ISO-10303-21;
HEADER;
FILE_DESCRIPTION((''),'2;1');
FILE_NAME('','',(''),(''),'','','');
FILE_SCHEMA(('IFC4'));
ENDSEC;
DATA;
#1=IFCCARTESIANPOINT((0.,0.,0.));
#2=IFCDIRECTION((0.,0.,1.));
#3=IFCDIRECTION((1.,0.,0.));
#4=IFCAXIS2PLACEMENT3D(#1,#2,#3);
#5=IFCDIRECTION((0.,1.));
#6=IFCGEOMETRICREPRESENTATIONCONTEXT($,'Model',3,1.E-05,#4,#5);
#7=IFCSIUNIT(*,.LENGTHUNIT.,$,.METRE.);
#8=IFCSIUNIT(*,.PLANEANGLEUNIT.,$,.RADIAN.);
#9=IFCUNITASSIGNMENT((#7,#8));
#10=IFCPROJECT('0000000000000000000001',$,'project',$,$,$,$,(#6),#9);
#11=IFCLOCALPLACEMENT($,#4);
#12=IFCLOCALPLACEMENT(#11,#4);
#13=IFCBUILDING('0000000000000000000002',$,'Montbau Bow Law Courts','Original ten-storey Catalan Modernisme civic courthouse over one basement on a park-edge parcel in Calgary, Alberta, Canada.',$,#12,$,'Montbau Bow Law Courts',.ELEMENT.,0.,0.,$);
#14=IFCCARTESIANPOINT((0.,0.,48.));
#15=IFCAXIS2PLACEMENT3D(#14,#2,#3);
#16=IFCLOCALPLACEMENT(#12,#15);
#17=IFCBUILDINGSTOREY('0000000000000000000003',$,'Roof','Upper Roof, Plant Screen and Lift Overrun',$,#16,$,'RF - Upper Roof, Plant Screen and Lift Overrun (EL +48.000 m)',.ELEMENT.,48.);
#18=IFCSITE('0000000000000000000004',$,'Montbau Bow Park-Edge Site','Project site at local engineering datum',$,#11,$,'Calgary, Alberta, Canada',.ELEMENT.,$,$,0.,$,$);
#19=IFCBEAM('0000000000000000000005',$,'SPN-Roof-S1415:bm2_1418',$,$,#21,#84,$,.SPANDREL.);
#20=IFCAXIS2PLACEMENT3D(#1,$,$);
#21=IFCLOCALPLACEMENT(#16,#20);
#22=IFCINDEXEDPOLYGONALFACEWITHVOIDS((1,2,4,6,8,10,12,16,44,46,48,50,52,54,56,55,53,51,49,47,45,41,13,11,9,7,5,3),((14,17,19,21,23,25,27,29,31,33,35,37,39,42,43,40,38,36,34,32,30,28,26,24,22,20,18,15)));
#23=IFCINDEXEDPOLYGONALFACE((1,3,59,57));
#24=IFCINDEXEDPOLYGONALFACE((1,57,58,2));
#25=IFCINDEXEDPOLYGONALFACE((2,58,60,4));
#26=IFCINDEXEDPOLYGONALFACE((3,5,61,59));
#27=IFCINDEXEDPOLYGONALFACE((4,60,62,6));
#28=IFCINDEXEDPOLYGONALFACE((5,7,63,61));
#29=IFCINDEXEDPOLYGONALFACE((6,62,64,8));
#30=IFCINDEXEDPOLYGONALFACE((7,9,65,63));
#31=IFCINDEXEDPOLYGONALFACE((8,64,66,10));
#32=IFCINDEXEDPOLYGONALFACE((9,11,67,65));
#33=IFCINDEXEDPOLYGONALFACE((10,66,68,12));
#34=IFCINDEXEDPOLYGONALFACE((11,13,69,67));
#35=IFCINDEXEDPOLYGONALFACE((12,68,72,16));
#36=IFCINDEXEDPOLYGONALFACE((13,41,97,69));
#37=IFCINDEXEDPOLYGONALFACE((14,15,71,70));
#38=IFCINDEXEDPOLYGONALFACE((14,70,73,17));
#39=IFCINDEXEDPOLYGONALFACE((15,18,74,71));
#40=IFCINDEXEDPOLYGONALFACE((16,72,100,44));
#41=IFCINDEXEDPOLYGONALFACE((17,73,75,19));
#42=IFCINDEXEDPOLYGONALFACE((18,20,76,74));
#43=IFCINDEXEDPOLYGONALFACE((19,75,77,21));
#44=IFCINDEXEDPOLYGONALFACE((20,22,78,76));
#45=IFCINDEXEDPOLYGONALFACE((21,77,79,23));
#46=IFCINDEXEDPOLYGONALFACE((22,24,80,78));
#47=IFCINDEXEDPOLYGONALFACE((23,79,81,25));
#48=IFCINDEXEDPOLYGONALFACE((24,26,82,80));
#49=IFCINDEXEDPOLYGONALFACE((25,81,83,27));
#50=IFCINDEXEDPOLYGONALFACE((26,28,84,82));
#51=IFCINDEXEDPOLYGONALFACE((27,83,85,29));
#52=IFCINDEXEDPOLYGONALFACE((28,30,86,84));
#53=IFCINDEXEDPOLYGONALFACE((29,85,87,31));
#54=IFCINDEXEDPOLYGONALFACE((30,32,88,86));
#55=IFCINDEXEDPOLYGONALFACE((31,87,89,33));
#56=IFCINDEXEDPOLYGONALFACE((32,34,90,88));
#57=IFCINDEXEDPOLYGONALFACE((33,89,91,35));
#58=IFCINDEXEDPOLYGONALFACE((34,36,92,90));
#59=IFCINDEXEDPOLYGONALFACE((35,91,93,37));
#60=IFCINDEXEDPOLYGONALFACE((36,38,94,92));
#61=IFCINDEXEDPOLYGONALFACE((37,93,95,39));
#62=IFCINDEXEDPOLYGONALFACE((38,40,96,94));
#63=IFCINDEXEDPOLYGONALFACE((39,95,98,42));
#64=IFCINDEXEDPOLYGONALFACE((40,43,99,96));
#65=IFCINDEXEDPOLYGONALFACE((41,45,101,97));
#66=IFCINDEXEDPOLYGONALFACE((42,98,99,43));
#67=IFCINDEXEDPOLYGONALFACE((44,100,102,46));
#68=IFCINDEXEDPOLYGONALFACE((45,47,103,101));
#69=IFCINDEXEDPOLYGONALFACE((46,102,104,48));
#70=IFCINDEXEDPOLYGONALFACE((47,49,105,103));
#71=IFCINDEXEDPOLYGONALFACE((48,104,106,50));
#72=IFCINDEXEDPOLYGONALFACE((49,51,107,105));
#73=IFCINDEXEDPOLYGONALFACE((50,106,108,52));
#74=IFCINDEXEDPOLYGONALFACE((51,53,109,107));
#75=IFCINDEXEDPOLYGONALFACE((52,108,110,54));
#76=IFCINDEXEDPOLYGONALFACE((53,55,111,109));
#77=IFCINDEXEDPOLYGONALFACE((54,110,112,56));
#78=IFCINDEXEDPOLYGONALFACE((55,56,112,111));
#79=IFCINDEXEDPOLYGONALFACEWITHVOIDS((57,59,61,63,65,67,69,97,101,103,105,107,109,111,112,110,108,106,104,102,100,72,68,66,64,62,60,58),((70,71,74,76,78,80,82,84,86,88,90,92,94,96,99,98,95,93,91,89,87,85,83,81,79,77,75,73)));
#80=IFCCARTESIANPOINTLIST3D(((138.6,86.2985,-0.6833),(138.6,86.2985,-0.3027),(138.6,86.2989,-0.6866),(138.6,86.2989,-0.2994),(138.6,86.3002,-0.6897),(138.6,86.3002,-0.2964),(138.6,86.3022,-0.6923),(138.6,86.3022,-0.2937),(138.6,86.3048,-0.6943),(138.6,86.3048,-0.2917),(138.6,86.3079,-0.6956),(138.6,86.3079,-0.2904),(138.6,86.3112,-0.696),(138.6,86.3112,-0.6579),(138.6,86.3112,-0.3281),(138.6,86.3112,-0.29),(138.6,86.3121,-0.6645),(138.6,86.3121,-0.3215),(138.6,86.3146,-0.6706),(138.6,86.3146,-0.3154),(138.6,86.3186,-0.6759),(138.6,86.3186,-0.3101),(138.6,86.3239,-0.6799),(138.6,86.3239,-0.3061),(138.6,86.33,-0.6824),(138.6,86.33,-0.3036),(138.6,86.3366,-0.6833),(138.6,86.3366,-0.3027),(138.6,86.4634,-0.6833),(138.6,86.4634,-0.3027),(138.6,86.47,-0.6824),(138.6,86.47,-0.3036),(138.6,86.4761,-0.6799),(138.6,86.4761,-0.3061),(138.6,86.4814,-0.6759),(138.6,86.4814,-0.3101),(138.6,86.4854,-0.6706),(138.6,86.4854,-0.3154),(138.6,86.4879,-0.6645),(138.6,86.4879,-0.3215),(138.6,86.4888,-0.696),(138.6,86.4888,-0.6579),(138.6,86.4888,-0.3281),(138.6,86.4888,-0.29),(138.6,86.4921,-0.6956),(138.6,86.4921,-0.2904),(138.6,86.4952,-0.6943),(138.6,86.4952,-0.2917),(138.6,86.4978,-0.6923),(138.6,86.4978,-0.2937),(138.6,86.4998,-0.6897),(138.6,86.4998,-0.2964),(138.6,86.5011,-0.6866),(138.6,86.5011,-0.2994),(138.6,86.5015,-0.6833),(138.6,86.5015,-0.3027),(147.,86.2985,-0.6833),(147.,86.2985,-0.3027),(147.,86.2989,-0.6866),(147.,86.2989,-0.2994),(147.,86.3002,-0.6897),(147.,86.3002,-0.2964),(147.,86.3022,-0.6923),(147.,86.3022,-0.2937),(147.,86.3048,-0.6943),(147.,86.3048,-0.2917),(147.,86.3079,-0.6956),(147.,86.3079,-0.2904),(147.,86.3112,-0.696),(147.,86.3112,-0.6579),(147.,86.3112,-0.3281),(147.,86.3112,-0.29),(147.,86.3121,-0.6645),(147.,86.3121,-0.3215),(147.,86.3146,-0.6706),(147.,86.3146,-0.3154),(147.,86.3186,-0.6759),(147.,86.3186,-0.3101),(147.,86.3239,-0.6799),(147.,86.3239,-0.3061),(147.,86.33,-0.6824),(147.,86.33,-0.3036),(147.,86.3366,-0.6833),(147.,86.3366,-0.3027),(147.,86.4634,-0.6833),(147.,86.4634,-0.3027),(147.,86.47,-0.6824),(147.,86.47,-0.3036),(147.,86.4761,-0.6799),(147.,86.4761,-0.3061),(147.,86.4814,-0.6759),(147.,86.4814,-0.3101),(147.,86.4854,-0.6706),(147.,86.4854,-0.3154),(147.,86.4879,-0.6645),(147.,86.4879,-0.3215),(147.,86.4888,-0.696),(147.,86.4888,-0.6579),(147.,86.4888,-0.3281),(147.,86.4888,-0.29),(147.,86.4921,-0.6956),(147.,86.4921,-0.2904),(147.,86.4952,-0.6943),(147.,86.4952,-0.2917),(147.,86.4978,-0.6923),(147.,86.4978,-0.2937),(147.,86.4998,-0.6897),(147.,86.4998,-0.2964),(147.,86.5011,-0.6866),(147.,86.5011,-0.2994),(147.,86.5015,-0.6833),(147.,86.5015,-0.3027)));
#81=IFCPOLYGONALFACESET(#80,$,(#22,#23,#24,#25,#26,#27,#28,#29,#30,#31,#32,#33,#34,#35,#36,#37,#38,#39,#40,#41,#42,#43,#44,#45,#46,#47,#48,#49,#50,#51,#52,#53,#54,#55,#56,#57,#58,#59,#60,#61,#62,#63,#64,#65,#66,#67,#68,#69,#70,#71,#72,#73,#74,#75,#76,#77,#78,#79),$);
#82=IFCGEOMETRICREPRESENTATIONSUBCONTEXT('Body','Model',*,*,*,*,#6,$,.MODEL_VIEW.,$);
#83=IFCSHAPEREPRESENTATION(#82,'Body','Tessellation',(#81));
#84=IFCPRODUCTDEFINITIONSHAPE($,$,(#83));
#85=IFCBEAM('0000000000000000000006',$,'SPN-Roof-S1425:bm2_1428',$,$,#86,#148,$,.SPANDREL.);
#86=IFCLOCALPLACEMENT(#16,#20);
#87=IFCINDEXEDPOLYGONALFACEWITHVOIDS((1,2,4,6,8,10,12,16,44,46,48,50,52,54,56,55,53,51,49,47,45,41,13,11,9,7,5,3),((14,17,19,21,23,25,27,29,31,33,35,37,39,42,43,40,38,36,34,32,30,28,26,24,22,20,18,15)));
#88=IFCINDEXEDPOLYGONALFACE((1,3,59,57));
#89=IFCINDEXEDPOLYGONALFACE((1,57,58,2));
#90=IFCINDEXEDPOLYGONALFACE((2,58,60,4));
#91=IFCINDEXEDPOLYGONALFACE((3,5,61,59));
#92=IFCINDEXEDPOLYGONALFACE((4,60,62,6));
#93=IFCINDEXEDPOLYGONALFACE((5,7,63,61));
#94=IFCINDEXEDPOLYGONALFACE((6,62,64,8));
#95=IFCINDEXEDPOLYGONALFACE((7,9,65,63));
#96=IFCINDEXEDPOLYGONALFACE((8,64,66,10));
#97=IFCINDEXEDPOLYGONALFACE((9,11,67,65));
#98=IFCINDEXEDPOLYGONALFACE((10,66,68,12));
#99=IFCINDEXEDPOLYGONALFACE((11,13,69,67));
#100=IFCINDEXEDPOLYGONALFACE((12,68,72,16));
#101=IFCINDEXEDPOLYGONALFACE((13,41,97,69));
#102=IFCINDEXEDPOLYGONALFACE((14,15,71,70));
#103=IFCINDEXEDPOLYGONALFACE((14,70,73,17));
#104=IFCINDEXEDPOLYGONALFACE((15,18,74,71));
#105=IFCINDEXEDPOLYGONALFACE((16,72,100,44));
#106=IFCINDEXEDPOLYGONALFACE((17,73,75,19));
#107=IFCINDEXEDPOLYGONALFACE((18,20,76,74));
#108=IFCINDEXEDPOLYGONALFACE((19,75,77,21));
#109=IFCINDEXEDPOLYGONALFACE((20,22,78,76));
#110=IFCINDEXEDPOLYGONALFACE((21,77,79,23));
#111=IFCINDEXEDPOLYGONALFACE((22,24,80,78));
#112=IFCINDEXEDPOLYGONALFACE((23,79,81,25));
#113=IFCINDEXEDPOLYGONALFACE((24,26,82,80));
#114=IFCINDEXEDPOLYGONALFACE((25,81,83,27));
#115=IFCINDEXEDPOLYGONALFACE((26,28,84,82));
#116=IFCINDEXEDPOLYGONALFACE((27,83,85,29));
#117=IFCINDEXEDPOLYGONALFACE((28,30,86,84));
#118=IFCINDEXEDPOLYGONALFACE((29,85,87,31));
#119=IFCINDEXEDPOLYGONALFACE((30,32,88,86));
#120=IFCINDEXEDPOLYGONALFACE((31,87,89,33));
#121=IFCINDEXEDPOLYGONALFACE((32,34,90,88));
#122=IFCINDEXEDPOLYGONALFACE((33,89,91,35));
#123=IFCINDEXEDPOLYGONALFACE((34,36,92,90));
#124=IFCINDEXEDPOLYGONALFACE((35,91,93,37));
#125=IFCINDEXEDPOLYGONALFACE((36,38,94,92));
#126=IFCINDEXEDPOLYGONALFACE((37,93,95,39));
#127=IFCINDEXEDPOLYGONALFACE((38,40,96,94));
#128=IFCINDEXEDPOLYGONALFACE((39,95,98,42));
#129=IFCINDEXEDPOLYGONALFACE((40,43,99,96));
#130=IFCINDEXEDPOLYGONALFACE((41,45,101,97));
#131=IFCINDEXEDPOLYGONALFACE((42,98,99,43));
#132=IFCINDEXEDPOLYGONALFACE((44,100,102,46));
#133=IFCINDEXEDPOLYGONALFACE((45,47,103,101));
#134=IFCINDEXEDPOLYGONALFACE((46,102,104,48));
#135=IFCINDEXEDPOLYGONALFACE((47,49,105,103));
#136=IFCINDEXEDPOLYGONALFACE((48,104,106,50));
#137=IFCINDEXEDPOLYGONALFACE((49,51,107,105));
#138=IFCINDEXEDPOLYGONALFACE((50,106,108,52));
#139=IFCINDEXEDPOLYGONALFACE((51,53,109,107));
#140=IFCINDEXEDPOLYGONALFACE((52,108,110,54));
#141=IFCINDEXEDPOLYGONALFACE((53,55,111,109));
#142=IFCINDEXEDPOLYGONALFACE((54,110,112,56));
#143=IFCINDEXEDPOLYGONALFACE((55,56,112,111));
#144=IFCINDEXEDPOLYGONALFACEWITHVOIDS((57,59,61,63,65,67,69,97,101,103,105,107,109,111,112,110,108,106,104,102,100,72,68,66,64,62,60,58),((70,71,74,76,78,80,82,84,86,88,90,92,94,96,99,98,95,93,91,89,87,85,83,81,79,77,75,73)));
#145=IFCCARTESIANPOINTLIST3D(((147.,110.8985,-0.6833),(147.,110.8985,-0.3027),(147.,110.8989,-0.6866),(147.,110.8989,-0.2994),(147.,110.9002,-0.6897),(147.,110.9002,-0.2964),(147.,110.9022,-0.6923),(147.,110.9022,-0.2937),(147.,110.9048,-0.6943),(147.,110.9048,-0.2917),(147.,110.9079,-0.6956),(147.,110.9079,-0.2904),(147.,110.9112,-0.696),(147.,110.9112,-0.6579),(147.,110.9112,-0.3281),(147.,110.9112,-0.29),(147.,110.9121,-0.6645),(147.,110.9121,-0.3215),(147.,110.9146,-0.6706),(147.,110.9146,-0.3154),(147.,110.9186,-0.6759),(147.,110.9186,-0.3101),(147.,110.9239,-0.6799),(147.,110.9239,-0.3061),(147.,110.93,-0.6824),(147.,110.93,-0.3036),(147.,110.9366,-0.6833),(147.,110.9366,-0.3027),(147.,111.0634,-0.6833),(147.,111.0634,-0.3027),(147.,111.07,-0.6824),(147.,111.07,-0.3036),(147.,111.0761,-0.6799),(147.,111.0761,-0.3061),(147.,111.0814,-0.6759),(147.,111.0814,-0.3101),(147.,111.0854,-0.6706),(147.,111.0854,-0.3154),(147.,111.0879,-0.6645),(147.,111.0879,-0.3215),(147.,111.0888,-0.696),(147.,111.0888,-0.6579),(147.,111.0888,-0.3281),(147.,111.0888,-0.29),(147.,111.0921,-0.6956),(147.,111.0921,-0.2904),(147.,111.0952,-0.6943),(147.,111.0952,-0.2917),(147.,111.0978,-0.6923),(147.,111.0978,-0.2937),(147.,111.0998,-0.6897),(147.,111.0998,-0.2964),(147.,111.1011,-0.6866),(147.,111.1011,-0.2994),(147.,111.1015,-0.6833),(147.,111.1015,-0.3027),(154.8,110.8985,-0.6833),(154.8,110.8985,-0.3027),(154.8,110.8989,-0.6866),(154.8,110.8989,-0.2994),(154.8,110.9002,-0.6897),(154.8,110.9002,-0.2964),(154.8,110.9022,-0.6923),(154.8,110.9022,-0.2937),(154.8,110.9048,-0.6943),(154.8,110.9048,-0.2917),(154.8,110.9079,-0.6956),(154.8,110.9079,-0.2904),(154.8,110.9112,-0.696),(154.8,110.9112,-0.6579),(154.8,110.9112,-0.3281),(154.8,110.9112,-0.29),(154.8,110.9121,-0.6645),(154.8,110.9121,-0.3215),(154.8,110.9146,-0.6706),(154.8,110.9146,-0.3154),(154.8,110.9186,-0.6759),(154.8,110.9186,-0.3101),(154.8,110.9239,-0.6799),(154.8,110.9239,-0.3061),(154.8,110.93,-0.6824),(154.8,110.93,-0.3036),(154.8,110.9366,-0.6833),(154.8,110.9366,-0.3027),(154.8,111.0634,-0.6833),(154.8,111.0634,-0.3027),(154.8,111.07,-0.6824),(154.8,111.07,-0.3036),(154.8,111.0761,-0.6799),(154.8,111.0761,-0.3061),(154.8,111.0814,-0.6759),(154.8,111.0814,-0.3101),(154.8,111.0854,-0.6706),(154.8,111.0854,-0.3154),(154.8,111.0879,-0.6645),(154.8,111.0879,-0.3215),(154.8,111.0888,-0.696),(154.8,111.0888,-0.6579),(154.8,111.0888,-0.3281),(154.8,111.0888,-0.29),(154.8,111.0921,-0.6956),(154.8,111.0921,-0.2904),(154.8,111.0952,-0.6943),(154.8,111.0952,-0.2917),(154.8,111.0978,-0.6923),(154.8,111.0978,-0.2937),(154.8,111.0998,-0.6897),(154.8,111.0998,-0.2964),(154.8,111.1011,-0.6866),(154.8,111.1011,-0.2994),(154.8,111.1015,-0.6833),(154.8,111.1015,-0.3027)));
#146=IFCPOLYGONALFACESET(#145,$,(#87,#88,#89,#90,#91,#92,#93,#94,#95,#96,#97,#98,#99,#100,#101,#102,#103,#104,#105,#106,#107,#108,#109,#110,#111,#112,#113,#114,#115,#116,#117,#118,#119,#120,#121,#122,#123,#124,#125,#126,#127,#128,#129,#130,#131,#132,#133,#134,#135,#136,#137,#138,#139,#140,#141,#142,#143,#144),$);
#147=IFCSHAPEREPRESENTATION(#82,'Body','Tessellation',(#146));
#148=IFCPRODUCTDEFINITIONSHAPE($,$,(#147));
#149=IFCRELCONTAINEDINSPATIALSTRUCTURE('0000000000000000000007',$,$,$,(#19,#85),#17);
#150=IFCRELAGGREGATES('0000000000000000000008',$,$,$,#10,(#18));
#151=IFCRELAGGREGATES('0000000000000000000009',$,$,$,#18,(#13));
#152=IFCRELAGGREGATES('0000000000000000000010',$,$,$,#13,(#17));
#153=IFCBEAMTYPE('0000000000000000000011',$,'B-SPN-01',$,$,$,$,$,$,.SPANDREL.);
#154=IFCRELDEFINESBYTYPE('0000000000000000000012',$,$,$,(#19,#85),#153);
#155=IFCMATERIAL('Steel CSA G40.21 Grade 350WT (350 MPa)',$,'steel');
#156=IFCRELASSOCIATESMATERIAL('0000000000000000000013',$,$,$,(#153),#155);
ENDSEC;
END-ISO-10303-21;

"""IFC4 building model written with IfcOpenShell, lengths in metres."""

from ifc_helpers import new_model, si_unit, direction, frame, origin_with_axes, origin_2d_with_axis, place, context, subcontext, project, spatial, hollow_rectangle, extrude, material, material_profile, profile_set, type_object, element, save


model = new_model("IFC4")

# Units and contexts
model_context = context("Model", 3, precision=1e-05, world=origin_with_axes(), true_north=direction((0.0, 1.0)))
body_context = subcontext(model_context, "Body", "Model", "MODEL_VIEW")
ifc_project = project(units=[si_unit("LENGTHUNIT", "METRE"), si_unit("PLANEANGLEUNIT", "RADIAN")], contexts=[model_context])

# Site, building, storey
site_placement = place(None, origin_with_axes())
site = spatial("IfcSite", under=ifc_project, at=site_placement, Name="Montbau Bow Park-Edge Site", Description="Project site at local engineering datum", LongName="Calgary, Alberta, Canada", CompositionType="ELEMENT", RefElevation=0.0)
building_placement = place(site_placement, origin_with_axes())
building = spatial("IfcBuilding", under=site, at=building_placement, Name="Montbau Bow Law Courts", Description="Original ten-storey Catalan Modernisme civic courthouse over one basement on a park-edge parcel in Calgary, Alberta, Canada.", LongName="Montbau Bow Law Courts", CompositionType="ELEMENT", ElevationOfRefHeight=0.0, ElevationOfTerrain=0.0)
storey_placement = place(building_placement, frame((0.0, 0.0, 48.0), z_axis=(0.0, 0.0, 1.0), x_axis=(1.0, 0.0, 0.0)))
storey = spatial("IfcBuildingStorey", under=building, at=storey_placement, Name="Roof", Description="Upper Roof, Plant Screen and Lift Overrun", LongName="RF - Upper Roof, Plant Screen and Lift Overrun (EL +48.000 m)", CompositionType="ELEMENT", Elevation=48.0)

# Beams
ifc_material_1 = material(Name="Steel CSA G40.21 Grade 350WT (350 MPa)", Category="steel")
ifc_material_profile_1 = material_profile(ifc_material_1, hollow_rectangle(XDim=0.203, YDim=0.406, WallThickness=0.0127, InnerFilletRadius=0.0254, OuterFilletRadius=0.0127, at=origin_2d_with_axis()), Name="HSS406X203X13", Category="Main", Priority=0)
ifc_profile_set_1 = profile_set([ifc_material_profile_1], Name="Steel CSA G40.21 Grade 350WT (350 MPa)")
beam_type_1 = type_object("IfcBeamType", Name="B-SPN-01", PredefinedType="SPANDREL", material=ifc_profile_set_1)
beam_1_placement = place(None, frame((138.6, 86.4, 47.507), z_axis=(1.0, 0.0, 0.0), x_axis=(0.0, 1.0, 0.0)))
element("IfcBeam", 1, at=beam_1_placement, inside=storey, type_object=beam_type_1, Name="SPN-Roof-S1415:bm2_1418", PredefinedType="SPANDREL", context=body_context, shape_type="SweptSolid", body=[
    extrude(hollow_rectangle(XDim=0.203, YDim=0.406, WallThickness=0.0127, InnerFilletRadius=0.0254, OuterFilletRadius=0.0127, at=origin_2d_with_axis()), origin_with_axes(), (0.0, 0.0, 1.0), 8.4),
])
beam_2_placement = place(None, frame((147.0, 111.0, 47.507), z_axis=(1.0, 0.0, 0.0), x_axis=(0.0, 1.0, 0.0)))
element("IfcBeam", 2, at=beam_2_placement, inside=storey, type_object=beam_type_1, Name="SPN-Roof-S1425:bm2_1428", PredefinedType="SPANDREL", context=body_context, shape_type="SweptSolid", body=[
    extrude(hollow_rectangle(XDim=0.203, YDim=0.406, WallThickness=0.0127, InnerFilletRadius=0.0254, OuterFilletRadius=0.0127, at=origin_2d_with_axis()), origin_with_axes(), (0.0, 0.0, 1.0), 7.8),
])

save(model, "model.ifc")
